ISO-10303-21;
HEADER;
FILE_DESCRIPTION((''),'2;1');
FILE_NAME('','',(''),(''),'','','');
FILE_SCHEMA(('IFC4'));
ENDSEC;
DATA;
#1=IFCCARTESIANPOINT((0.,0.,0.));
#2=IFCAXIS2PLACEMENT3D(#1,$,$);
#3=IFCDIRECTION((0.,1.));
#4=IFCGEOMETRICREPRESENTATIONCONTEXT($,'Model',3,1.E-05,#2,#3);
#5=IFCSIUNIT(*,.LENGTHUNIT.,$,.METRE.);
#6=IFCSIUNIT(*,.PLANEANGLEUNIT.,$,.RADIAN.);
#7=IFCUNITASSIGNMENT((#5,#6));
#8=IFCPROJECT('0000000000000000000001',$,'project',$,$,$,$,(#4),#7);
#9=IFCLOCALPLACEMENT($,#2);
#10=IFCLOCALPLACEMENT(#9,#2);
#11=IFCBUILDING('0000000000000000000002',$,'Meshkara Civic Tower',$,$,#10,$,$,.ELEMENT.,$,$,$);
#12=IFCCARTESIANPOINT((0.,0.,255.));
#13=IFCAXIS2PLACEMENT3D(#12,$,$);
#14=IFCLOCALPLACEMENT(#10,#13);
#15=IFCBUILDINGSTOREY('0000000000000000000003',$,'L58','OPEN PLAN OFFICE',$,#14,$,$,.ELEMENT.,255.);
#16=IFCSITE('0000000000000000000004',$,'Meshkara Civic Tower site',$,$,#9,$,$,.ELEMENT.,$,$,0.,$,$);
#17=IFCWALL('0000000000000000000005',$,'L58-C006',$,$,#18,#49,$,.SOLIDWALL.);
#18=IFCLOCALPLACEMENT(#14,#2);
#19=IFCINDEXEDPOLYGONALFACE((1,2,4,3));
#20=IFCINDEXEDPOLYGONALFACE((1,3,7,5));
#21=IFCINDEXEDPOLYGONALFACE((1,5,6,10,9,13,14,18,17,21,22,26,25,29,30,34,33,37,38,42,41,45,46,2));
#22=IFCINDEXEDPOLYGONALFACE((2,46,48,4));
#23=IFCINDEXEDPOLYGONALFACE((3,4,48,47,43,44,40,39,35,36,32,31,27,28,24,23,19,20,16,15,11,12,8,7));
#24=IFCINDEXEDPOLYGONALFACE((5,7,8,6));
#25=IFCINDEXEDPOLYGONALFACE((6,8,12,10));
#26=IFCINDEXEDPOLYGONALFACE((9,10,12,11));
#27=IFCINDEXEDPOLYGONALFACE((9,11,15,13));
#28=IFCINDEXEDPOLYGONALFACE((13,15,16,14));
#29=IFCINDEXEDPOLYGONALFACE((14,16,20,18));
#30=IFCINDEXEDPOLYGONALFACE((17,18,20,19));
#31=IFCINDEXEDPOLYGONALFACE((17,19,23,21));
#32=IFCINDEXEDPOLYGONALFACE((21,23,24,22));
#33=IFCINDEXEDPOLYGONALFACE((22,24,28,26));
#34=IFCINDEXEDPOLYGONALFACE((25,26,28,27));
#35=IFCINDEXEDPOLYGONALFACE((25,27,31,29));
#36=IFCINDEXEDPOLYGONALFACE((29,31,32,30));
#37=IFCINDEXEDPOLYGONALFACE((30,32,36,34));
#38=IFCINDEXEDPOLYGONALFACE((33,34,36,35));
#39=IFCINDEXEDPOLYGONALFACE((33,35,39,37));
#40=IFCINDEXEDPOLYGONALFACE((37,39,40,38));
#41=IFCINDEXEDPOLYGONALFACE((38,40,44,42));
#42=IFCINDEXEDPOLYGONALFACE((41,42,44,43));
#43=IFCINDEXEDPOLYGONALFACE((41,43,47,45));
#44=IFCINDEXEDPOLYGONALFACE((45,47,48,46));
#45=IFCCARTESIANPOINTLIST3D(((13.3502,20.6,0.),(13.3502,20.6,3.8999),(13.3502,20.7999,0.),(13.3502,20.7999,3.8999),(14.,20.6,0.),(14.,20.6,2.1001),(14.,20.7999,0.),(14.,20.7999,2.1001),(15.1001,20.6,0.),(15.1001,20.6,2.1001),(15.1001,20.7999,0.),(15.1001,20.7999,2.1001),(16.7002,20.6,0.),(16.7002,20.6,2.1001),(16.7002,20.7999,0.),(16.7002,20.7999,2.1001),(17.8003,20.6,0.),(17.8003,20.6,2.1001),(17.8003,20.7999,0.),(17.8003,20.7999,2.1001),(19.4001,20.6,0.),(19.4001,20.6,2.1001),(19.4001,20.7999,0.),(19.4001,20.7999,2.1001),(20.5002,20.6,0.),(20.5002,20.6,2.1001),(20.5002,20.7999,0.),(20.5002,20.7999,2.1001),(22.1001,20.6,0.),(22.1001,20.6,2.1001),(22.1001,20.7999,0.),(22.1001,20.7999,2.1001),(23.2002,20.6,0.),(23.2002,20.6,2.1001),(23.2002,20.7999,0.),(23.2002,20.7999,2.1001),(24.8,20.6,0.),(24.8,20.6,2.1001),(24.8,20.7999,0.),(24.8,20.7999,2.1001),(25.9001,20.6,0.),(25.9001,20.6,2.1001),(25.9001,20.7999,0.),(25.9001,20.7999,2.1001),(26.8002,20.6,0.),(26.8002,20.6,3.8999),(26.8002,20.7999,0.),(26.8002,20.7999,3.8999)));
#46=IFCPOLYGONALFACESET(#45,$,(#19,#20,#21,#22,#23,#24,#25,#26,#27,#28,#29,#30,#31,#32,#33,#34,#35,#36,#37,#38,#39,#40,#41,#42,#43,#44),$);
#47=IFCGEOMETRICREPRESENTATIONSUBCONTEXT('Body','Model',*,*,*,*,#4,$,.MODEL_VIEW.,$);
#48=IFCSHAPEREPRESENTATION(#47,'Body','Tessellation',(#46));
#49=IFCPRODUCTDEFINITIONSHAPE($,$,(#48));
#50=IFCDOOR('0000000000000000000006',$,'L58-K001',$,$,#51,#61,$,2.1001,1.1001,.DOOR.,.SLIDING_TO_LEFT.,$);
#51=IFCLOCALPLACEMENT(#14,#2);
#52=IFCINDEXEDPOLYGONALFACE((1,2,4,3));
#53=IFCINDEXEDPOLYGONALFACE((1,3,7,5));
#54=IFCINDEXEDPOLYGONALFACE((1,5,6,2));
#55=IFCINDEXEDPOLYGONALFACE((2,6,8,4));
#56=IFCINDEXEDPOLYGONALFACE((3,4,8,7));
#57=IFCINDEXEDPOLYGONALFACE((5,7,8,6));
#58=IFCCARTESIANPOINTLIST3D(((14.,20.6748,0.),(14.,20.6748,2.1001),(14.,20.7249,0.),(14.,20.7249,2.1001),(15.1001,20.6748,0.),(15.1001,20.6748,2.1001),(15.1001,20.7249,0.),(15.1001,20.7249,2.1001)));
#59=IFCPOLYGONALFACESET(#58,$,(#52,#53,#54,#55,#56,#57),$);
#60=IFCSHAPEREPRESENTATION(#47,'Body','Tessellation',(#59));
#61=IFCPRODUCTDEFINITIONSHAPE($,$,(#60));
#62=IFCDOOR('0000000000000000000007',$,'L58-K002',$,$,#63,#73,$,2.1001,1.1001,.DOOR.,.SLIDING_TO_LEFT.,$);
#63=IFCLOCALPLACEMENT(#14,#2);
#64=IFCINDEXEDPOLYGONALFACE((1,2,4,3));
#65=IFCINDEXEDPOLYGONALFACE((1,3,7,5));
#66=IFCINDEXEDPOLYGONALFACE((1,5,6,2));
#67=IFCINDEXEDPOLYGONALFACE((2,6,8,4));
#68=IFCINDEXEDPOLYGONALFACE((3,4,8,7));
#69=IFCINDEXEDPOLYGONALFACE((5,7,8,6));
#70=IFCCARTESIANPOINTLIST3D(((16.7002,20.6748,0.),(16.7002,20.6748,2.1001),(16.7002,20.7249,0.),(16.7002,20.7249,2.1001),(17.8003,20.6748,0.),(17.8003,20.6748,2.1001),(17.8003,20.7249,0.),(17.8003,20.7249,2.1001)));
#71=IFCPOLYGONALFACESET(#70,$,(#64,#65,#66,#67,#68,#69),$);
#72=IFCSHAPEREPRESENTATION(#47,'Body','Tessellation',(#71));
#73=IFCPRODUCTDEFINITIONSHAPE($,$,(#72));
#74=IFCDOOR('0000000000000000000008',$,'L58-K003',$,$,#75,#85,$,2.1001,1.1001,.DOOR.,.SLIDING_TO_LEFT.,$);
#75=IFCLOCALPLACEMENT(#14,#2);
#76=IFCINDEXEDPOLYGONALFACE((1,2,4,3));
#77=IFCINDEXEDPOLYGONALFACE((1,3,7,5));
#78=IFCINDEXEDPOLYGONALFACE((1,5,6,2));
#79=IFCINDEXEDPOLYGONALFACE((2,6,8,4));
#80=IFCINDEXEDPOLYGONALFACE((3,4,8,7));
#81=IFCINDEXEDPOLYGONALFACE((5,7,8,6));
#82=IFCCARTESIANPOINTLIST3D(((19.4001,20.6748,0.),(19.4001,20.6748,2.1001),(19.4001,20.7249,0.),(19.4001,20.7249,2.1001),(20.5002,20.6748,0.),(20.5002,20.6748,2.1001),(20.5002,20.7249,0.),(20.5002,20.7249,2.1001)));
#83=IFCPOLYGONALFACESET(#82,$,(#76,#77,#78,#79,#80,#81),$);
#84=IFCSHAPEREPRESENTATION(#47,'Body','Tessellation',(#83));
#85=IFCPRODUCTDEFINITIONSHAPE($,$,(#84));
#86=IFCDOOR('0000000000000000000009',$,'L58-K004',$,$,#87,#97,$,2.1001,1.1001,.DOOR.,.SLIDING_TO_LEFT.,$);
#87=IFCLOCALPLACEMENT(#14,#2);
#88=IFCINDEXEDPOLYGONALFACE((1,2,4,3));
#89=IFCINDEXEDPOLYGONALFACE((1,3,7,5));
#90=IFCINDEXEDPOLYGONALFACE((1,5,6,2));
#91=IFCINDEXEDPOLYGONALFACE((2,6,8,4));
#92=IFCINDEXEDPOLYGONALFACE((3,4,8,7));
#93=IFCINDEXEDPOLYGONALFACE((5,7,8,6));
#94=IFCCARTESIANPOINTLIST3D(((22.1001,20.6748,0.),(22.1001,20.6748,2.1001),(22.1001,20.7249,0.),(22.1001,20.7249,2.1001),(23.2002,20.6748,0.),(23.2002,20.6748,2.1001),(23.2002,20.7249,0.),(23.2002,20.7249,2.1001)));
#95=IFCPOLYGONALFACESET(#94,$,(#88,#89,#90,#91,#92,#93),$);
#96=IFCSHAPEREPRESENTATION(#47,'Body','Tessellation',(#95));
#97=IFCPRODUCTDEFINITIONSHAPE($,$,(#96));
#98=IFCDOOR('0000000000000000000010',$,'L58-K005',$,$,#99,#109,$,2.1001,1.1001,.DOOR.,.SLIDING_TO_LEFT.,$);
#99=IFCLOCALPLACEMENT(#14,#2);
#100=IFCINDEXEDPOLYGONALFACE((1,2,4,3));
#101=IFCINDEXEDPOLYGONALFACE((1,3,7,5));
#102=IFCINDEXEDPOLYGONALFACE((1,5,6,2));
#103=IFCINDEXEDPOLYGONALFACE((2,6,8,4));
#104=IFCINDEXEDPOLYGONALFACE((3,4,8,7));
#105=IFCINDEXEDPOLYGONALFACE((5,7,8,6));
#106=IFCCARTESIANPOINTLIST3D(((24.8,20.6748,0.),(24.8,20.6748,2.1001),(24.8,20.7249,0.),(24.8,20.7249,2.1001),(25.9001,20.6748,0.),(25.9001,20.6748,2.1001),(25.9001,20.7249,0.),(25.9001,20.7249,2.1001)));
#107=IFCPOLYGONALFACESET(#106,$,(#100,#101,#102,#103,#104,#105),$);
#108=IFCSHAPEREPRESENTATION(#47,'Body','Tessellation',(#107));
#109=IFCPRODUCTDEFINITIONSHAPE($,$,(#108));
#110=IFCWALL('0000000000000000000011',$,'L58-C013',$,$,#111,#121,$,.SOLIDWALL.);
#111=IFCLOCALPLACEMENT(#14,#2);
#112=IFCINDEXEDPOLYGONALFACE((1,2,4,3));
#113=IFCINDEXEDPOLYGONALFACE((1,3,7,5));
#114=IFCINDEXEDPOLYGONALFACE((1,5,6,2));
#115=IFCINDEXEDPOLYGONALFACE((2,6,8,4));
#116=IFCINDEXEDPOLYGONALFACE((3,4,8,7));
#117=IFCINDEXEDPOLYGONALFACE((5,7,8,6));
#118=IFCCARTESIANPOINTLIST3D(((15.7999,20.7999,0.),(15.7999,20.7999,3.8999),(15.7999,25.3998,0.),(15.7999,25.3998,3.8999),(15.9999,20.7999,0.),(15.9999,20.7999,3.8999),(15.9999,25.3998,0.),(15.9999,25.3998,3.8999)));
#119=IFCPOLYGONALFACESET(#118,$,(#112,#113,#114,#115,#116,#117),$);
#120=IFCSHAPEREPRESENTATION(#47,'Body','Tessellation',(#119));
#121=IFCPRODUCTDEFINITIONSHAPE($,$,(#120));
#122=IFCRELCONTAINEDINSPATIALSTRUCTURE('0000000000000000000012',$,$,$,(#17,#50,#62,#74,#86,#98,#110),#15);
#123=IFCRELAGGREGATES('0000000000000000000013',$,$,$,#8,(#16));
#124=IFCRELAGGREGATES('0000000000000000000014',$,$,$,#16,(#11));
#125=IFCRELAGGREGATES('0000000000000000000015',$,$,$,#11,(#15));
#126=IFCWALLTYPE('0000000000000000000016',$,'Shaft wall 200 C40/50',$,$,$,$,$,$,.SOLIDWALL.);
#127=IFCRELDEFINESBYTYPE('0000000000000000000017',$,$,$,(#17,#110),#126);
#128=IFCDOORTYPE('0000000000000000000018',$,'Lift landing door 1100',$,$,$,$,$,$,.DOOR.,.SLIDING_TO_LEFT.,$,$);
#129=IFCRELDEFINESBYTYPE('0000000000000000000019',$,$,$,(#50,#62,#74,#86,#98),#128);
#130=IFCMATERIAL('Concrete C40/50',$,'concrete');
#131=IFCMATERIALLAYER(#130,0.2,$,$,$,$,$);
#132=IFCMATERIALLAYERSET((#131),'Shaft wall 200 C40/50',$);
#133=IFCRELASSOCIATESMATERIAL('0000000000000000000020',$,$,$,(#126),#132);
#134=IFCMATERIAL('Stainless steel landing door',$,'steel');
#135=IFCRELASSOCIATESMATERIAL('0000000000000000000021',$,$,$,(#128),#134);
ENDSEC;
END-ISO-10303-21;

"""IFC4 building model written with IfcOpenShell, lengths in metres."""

from ifc_helpers import new_model, si_unit, direction, frame, frame_2d, origin, place, context, subcontext, project, spatial, rectangle, extrude, material, layer, layer_set, type_object, element, fill, save


model = new_model("IFC4")

# Units and contexts
model_context = context("Model", 3, precision=1e-05, world=origin(), true_north=direction((0.0, 1.0)))
body_context = subcontext(model_context, "Body", "Model", "MODEL_VIEW")
ifc_project = project(units=[si_unit("LENGTHUNIT", "METRE"), si_unit("PLANEANGLEUNIT", "RADIAN")], contexts=[model_context])

# Site, building, storey
site_placement = place(None, origin())
site = spatial("IfcSite", under=ifc_project, at=site_placement, Name="Meshkara Civic Tower site", CompositionType="ELEMENT", RefElevation=0.0)
building_placement = place(site_placement, origin())
building = spatial("IfcBuilding", under=site, at=building_placement, Name="Meshkara Civic Tower", CompositionType="ELEMENT")
storey_placement = place(building_placement, frame((0.0, 0.0, 255.0)))
storey = spatial("IfcBuildingStorey", under=building, at=storey_placement, Name="L58", Description="OPEN PLAN OFFICE", CompositionType="ELEMENT", Elevation=255.0)

# Wall, openings, doors
ifc_material_1 = material(Name="Concrete C40/50", Category="concrete")
ifc_layer_1 = layer(ifc_material_1, 0.2)
ifc_layer_set_1 = layer_set([ifc_layer_1], Name="Shaft wall 200 C40/50")
wall_type_1 = type_object("IfcWallType", Name="Shaft wall 200 C40/50", PredefinedType="SOLIDWALL", material=ifc_layer_set_1)
wall_1_placement = place(storey_placement, frame((13.3501, 20.7, 0.0), z_axis=(0.0, 0.0, 1.0), x_axis=(1.0, 0.0, 0.0)))
wall_1 = element("IfcWall", 1, at=wall_1_placement, inside=storey, type_object=wall_type_1, Name="L58-C006", PredefinedType="SOLIDWALL", context=body_context, shape_type="SweptSolid", body=[
    extrude(rectangle(XDim=13.45, YDim=0.2, at=frame_2d((6.7251, 0.0))), origin(), (0.0, 0.0, 1.0), 3.8999),
])
opening_1_placement = place(wall_1_placement, frame((0.6499, 0.0, 0.0)))
opening_1 = element("IfcOpeningElement", 2, at=opening_1_placement, cuts=wall_1, PredefinedType="OPENING", context=body_context, shape_type="SweptSolid", body=[
    extrude(rectangle(XDim=1.1001, YDim=2.1001, at=frame_2d((0.55, 1.05))), frame((0.0, 0.1099, 0.0), z_axis=(0.0, -1.0, 0.0), x_axis=(1.0, 0.0, 0.0)), (0.0, 0.0, 1.0), 0.22),
])
opening_2_placement = place(wall_1_placement, frame((3.3501, 0.0, 0.0)))
opening_2 = element("IfcOpeningElement", 3, at=opening_2_placement, cuts=wall_1, PredefinedType="OPENING", context=body_context, shape_type="SweptSolid", body=[
    extrude(rectangle(XDim=1.1001, YDim=2.1001, at=frame_2d((0.55, 1.05))), frame((0.0, 0.1099, 0.0), z_axis=(0.0, -1.0, 0.0), x_axis=(1.0, 0.0, 0.0)), (0.0, 0.0, 1.0), 0.22),
])
opening_3_placement = place(wall_1_placement, frame((6.05, 0.0, 0.0)))
opening_3 = element("IfcOpeningElement", 4, at=opening_3_placement, cuts=wall_1, PredefinedType="OPENING", context=body_context, shape_type="SweptSolid", body=[
    extrude(rectangle(XDim=1.1001, YDim=2.1001, at=frame_2d((0.55, 1.05))), frame((0.0, 0.1099, 0.0), z_axis=(0.0, -1.0, 0.0), x_axis=(1.0, 0.0, 0.0)), (0.0, 0.0, 1.0), 0.22),
])
opening_4_placement = place(wall_1_placement, frame((8.75, 0.0, 0.0)))
opening_4 = element("IfcOpeningElement", 5, at=opening_4_placement, cuts=wall_1, PredefinedType="OPENING", context=body_context, shape_type="SweptSolid", body=[
    extrude(rectangle(XDim=1.1001, YDim=2.1001, at=frame_2d((0.55, 1.05))), frame((0.0, 0.1099, 0.0), z_axis=(0.0, -1.0, 0.0), x_axis=(1.0, 0.0, 0.0)), (0.0, 0.0, 1.0), 0.22),
])
opening_5_placement = place(wall_1_placement, frame((11.45, 0.0, 0.0)))
opening_5 = element("IfcOpeningElement", 6, at=opening_5_placement, cuts=wall_1, PredefinedType="OPENING", context=body_context, shape_type="SweptSolid", body=[
    extrude(rectangle(XDim=1.1001, YDim=2.1001, at=frame_2d((0.55, 1.05))), frame((0.0, 0.1099, 0.0), z_axis=(0.0, -1.0, 0.0), x_axis=(1.0, 0.0, 0.0)), (0.0, 0.0, 1.0), 0.22),
])
ifc_material_2 = material(Name="Stainless steel landing door", Category="steel")
door_type_1 = type_object("IfcDoorType", Name="Lift landing door 1100", OperationType="SLIDING_TO_LEFT", PredefinedType="DOOR", material=ifc_material_2)
door_1_placement = place(opening_1_placement, origin())
door_1 = element("IfcDoor", 7, at=door_1_placement, inside=storey, type_object=door_type_1, Name="L58-K001", OperationType="SLIDING_TO_LEFT", OverallHeight=2.1001, OverallWidth=1.1001, PredefinedType="DOOR", context=body_context, shape_type="SweptSolid", body=[
    extrude(rectangle(XDim=1.1001, YDim=2.1001, at=frame_2d((0.55, 1.05))), frame((0.0, 0.0249, 0.0), z_axis=(0.0, -1.0, 0.0), x_axis=(1.0, 0.0, 0.0)), (0.0, 0.0, 1.0), 0.05),
])
fill(opening_1, door_1)
door_2_placement = place(opening_2_placement, origin())
door_2 = element("IfcDoor", 8, at=door_2_placement, inside=storey, type_object=door_type_1, Name="L58-K002", OperationType="SLIDING_TO_LEFT", OverallHeight=2.1001, OverallWidth=1.1001, PredefinedType="DOOR", context=body_context, shape_type="SweptSolid", body=[
    extrude(rectangle(XDim=1.1001, YDim=2.1001, at=frame_2d((0.55, 1.05))), frame((0.0, 0.0249, 0.0), z_axis=(0.0, -1.0, 0.0), x_axis=(1.0, 0.0, 0.0)), (0.0, 0.0, 1.0), 0.05),
])
fill(opening_2, door_2)
door_3_placement = place(opening_3_placement, origin())
door_3 = element("IfcDoor", 9, at=door_3_placement, inside=storey, type_object=door_type_1, Name="L58-K003", OperationType="SLIDING_TO_LEFT", OverallHeight=2.1001, OverallWidth=1.1001, PredefinedType="DOOR", context=body_context, shape_type="SweptSolid", body=[
    extrude(rectangle(XDim=1.1001, YDim=2.1001, at=frame_2d((0.55, 1.05))), frame((0.0, 0.0249, 0.0), z_axis=(0.0, -1.0, 0.0), x_axis=(1.0, 0.0, 0.0)), (0.0, 0.0, 1.0), 0.05),
])
fill(opening_3, door_3)
door_4_placement = place(opening_4_placement, origin())
door_4 = element("IfcDoor", 10, at=door_4_placement, inside=storey, type_object=door_type_1, Name="L58-K004", OperationType="SLIDING_TO_LEFT", OverallHeight=2.1001, OverallWidth=1.1001, PredefinedType="DOOR", context=body_context, shape_type="SweptSolid", body=[
    extrude(rectangle(XDim=1.1001, YDim=2.1001, at=frame_2d((0.55, 1.05))), frame((0.0, 0.0249, 0.0), z_axis=(0.0, -1.0, 0.0), x_axis=(1.0, 0.0, 0.0)), (0.0, 0.0, 1.0), 0.05),
])
fill(opening_4, door_4)
door_5_placement = place(opening_5_placement, origin())
door_5 = element("IfcDoor", 11, at=door_5_placement, inside=storey, type_object=door_type_1, Name="L58-K005", OperationType="SLIDING_TO_LEFT", OverallHeight=2.1001, OverallWidth=1.1001, PredefinedType="DOOR", context=body_context, shape_type="SweptSolid", body=[
    extrude(rectangle(XDim=1.1001, YDim=2.1001, at=frame_2d((0.55, 1.05))), frame((0.0, 0.0249, 0.0), z_axis=(0.0, -1.0, 0.0), x_axis=(1.0, 0.0, 0.0)), (0.0, 0.0, 1.0), 0.05),
])
fill(opening_5, door_5)

# Wall
wall_2_placement = place(storey_placement, frame((15.8999, 20.8, 0.0), z_axis=(0.0, 0.0, 1.0), x_axis=(0.0, 1.0, 0.0)))
element("IfcWall", 12, at=wall_2_placement, inside=storey, type_object=wall_type_1, Name="L58-C013", PredefinedType="SOLIDWALL", context=body_context, shape_type="SweptSolid", body=[
    extrude(rectangle(XDim=4.5999, YDim=0.2, at=frame_2d((2.2998, 0.0))), origin(), (0.0, 0.0, 1.0), 3.8999),
])

save(model, "model.ifc")
